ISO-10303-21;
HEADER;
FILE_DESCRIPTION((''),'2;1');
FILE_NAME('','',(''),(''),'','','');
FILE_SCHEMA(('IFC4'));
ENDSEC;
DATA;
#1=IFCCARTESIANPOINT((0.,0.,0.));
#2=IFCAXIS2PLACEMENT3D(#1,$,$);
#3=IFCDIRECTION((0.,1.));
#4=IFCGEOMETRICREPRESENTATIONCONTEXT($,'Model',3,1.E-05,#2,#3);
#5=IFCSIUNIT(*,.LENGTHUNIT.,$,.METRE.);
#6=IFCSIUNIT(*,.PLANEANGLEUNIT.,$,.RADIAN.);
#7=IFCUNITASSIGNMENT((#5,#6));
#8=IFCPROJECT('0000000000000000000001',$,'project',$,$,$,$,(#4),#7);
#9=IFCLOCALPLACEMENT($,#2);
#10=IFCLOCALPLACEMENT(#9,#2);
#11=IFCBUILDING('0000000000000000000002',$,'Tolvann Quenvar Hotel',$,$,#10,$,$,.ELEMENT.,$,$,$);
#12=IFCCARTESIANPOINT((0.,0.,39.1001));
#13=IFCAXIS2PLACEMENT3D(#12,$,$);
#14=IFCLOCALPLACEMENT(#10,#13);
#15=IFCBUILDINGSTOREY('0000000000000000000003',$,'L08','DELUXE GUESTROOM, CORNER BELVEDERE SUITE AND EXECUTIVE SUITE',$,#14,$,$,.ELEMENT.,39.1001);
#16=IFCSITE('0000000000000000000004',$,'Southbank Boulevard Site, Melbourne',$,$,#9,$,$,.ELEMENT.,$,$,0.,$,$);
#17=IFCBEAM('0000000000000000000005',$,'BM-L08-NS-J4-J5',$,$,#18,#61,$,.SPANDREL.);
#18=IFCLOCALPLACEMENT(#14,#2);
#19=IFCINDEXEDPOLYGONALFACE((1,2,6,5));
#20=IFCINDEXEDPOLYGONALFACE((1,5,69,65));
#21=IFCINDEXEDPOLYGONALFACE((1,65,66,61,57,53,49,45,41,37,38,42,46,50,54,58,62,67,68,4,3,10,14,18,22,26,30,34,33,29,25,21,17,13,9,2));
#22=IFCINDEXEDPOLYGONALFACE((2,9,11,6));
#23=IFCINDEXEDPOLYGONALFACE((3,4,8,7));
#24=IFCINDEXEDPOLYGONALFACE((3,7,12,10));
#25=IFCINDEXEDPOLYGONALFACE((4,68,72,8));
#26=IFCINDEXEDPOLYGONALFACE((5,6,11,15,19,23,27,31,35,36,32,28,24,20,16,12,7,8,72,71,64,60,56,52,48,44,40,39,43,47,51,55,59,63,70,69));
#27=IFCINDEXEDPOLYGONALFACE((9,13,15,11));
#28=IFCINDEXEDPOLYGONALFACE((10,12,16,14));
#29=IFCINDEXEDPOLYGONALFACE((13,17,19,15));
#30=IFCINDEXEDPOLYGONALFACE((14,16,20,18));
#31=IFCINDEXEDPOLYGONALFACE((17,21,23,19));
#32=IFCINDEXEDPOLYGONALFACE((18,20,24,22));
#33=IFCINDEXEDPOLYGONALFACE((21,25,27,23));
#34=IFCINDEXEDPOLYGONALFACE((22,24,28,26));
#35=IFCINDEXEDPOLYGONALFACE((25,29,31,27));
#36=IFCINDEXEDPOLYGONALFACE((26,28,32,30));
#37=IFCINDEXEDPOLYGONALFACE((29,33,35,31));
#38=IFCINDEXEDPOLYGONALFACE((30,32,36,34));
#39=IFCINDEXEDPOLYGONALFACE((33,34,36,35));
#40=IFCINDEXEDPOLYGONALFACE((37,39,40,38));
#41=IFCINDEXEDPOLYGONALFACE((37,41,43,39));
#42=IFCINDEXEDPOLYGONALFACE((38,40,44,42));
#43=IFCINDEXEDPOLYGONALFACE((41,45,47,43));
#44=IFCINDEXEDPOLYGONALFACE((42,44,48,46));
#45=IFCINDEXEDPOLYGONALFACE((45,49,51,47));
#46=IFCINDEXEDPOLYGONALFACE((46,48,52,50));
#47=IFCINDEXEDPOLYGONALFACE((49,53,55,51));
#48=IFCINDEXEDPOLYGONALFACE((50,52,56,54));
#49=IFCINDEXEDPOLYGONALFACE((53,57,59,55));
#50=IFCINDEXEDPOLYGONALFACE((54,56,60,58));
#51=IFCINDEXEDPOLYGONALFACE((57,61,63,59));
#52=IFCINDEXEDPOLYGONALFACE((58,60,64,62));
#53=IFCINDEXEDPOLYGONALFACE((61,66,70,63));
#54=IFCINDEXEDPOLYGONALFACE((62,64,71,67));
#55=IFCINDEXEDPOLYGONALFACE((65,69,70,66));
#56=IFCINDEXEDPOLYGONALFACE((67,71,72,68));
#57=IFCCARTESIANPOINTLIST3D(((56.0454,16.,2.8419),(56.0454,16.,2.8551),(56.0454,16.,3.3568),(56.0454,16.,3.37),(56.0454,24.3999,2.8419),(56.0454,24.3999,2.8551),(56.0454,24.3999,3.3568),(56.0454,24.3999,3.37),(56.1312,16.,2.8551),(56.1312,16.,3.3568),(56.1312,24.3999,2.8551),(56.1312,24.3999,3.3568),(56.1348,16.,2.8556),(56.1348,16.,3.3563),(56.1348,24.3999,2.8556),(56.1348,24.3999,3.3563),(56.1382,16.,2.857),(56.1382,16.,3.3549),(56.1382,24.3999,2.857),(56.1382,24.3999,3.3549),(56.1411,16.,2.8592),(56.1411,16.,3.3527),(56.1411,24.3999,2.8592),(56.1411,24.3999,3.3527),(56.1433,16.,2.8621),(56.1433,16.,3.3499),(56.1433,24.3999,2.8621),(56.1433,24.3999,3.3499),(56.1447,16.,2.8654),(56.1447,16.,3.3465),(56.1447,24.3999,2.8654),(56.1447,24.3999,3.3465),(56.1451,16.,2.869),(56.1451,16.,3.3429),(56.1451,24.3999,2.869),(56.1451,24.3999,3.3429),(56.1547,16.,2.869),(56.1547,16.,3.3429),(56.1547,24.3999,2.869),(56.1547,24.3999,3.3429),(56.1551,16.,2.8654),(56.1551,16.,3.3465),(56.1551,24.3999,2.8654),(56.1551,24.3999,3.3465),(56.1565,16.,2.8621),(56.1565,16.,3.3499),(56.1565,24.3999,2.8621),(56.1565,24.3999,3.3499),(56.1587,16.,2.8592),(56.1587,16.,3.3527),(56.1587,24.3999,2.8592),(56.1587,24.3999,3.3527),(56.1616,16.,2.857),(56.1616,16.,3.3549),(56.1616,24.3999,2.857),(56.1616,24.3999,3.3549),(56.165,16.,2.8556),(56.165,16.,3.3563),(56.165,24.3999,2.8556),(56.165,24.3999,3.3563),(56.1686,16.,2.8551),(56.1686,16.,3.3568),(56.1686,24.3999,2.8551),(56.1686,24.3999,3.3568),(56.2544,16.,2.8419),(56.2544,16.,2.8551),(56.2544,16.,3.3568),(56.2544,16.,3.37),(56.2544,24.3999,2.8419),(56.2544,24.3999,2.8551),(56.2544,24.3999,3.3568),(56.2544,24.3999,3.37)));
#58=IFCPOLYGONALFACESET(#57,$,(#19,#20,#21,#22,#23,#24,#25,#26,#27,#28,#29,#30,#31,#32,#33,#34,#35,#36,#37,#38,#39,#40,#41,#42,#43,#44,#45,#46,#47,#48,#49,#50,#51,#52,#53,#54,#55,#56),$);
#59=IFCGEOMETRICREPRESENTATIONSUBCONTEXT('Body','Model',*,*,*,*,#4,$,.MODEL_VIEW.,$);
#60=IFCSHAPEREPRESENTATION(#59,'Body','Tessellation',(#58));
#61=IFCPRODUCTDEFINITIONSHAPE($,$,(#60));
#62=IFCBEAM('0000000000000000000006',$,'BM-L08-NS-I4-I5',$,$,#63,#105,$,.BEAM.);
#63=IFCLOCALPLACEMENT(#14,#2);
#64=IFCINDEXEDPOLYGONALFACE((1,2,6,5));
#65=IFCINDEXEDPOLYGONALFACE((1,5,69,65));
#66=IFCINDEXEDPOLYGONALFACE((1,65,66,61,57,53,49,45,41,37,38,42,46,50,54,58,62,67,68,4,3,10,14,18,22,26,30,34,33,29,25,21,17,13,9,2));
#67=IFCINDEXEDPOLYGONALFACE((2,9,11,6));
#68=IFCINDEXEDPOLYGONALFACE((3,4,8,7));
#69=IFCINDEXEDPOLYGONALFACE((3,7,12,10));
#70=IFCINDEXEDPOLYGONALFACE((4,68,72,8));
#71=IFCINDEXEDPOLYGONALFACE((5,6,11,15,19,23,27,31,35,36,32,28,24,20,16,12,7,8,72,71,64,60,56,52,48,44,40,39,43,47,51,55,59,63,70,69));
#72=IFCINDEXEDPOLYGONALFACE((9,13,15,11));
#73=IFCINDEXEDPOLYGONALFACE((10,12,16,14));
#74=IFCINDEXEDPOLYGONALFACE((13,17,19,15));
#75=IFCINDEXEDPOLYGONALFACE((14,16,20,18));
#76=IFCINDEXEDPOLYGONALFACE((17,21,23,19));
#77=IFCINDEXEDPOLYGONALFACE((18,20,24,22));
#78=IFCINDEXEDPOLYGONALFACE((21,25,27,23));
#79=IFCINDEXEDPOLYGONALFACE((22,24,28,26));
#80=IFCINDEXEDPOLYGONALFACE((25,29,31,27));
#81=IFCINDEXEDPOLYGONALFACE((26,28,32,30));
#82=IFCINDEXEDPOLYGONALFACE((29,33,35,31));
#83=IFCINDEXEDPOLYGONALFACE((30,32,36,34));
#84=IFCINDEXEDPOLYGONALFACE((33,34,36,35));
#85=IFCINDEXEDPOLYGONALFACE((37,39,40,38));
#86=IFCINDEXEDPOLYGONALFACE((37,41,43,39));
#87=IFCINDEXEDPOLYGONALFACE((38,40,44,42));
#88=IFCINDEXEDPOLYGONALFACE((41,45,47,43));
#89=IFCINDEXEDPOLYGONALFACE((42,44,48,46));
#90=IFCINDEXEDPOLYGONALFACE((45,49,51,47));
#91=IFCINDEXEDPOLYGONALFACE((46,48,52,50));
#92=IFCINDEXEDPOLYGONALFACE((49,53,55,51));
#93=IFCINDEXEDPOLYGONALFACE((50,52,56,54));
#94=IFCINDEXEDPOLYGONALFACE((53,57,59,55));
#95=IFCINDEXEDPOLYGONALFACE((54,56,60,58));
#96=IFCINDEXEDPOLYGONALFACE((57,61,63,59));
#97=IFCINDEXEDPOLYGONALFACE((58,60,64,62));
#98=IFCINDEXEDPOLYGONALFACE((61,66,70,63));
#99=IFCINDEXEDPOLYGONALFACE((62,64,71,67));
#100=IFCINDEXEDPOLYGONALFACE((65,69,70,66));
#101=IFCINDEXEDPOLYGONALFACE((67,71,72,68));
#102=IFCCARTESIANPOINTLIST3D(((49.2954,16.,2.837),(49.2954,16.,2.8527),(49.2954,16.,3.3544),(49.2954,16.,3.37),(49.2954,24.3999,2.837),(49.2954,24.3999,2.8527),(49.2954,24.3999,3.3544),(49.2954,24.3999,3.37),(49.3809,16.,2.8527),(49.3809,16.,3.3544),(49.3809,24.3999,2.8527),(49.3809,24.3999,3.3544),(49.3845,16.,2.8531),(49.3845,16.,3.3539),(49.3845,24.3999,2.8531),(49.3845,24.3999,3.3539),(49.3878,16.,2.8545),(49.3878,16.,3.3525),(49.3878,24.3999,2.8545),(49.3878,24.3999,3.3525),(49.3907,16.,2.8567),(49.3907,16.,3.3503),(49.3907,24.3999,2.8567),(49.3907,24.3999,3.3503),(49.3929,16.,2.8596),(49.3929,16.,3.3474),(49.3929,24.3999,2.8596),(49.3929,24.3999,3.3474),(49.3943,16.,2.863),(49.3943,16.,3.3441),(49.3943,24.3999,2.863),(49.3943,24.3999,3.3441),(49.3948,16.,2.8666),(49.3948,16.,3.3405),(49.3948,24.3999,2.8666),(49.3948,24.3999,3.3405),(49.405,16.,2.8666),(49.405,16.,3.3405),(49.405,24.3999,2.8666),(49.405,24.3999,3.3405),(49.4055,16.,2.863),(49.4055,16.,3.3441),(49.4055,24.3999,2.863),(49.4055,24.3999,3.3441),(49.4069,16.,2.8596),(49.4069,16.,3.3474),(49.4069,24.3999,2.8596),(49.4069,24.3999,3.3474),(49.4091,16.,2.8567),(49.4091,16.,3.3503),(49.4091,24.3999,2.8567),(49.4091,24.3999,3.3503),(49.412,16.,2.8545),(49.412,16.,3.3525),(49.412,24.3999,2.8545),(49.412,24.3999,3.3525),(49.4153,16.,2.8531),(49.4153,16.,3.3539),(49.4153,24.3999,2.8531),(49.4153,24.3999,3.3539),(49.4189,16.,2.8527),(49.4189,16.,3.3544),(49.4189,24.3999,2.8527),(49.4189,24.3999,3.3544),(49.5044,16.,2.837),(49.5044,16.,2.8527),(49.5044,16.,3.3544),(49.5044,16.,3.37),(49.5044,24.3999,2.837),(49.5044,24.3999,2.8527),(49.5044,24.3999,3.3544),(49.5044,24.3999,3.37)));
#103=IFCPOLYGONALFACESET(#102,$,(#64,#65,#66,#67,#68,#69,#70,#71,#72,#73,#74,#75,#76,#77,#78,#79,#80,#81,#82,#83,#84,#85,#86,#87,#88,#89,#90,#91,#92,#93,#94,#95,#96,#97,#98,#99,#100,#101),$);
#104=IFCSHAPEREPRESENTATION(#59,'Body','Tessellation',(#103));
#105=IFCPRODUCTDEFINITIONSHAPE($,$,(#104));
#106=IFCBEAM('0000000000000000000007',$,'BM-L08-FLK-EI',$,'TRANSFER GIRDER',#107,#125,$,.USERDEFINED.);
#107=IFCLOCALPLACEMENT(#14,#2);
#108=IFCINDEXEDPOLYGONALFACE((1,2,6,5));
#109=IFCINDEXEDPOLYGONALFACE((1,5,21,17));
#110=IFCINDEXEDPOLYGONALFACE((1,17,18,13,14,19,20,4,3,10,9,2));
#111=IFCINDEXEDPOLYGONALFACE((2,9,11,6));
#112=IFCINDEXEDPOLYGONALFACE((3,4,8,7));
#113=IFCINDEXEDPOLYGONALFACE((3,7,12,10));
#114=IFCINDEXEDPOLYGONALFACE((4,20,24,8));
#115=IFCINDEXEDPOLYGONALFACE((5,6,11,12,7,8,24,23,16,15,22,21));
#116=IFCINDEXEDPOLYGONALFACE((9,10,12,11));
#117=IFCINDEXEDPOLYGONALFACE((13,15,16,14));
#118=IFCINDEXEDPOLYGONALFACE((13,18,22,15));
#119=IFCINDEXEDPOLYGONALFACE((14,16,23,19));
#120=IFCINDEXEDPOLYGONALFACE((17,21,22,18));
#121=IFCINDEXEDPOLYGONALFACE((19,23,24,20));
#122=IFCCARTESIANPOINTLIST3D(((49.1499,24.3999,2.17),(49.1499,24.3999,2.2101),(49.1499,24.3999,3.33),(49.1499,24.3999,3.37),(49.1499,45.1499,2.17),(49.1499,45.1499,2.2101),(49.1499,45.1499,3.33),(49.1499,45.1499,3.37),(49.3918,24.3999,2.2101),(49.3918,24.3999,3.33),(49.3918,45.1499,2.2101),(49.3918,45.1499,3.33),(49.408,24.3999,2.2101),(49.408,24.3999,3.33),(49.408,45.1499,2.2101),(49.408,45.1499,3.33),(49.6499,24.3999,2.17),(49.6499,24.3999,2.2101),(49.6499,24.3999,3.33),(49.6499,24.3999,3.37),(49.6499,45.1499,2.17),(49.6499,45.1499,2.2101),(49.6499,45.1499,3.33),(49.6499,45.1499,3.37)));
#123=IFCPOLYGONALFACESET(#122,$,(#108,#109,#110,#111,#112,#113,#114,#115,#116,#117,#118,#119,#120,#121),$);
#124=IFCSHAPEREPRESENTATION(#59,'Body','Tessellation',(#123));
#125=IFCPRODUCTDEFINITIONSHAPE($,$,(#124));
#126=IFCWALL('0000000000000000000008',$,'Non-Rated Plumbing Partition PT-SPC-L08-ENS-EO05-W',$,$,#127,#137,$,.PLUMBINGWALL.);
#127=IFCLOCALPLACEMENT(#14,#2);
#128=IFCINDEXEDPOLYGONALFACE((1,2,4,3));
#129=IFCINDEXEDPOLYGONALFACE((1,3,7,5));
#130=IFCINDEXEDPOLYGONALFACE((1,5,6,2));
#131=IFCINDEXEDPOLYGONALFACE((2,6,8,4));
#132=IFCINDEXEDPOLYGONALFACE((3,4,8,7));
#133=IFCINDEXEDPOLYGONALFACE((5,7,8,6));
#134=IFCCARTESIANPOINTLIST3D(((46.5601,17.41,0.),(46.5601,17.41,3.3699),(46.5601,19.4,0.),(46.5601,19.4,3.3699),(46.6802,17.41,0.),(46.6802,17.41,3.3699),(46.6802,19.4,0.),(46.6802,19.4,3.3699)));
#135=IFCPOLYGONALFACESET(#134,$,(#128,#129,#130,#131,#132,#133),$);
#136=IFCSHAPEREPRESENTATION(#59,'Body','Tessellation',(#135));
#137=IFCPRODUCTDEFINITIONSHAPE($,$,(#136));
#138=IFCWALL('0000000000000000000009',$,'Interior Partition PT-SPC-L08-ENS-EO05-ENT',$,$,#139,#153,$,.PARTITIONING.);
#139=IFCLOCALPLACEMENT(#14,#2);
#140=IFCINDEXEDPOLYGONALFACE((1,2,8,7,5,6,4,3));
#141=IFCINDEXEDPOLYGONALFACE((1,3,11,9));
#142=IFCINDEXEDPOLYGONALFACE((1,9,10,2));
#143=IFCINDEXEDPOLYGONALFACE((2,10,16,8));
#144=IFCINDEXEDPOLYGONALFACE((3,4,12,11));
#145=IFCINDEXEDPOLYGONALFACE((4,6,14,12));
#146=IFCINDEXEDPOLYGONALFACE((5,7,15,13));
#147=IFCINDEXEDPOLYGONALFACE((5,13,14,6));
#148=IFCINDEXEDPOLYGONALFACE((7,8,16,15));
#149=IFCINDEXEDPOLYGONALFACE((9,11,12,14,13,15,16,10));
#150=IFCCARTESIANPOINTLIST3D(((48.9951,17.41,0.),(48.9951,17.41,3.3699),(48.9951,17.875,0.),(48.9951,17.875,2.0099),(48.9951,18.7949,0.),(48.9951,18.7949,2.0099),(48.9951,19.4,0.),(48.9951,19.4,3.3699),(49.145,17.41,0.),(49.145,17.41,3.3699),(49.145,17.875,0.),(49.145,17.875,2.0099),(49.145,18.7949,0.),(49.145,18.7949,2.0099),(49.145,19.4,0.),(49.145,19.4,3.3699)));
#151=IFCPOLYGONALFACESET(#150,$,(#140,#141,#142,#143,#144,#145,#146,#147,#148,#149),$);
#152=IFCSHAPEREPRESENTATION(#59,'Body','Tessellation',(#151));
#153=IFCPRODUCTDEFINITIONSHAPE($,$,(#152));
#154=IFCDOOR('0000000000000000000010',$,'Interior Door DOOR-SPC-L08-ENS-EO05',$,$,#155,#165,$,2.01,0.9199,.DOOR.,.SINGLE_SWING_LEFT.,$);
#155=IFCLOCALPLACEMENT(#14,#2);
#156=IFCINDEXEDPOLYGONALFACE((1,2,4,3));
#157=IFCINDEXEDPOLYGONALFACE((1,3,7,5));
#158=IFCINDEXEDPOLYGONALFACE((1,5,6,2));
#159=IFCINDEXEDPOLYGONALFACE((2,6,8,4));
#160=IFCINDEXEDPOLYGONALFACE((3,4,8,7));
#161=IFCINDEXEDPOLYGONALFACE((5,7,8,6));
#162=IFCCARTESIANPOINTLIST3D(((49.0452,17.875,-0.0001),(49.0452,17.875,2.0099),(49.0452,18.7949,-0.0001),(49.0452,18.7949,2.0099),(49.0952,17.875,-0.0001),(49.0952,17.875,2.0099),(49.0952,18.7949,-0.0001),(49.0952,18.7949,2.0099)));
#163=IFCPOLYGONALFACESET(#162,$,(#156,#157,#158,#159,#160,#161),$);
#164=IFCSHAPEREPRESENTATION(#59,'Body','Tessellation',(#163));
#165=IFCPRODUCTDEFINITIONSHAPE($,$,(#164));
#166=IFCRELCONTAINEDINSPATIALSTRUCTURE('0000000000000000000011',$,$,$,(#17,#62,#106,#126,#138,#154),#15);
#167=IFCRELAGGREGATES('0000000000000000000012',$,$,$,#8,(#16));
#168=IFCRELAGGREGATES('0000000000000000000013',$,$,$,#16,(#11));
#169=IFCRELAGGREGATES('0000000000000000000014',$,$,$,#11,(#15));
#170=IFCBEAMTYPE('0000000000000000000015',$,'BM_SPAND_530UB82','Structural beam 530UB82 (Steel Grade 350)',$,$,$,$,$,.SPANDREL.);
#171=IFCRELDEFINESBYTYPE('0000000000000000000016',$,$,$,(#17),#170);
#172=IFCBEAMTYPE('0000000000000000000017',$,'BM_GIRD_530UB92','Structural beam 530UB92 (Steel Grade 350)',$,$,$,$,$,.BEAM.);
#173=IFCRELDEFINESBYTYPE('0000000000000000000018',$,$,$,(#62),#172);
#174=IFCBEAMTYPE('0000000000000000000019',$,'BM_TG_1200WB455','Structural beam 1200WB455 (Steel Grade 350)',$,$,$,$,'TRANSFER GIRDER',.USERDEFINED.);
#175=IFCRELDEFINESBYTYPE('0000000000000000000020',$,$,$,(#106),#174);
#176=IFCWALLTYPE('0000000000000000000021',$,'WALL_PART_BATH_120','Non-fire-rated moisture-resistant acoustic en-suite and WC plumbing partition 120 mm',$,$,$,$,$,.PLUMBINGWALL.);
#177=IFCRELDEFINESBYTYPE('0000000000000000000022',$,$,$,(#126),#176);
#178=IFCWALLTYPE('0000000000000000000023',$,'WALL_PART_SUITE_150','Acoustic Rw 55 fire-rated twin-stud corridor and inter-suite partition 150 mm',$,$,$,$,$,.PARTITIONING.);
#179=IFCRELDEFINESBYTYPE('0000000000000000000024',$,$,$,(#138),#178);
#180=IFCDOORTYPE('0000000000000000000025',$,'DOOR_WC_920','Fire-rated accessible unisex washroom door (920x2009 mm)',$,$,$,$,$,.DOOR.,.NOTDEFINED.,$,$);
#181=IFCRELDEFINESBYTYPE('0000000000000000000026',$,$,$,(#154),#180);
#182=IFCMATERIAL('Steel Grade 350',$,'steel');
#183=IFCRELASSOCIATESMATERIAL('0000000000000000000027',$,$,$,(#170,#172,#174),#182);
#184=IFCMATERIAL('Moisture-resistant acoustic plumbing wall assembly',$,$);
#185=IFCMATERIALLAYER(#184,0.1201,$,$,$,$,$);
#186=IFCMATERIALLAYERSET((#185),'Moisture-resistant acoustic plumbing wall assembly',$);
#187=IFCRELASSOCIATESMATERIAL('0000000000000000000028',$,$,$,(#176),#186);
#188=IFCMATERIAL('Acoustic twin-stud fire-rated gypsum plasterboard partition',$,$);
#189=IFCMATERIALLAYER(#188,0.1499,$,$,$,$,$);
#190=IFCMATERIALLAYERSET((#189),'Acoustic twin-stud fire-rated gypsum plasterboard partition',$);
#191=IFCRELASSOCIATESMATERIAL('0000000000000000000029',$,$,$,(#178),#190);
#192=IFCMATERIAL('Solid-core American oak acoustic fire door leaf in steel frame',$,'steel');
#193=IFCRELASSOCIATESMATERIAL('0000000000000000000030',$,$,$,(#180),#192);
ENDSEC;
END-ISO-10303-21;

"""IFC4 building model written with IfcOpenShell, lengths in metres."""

from ifc_helpers import new_model, si_unit, direction, frame, frame_2d, origin, origin_2d, place, context, subcontext, project, spatial, rectangle, i_section, extrude, source, transform, mapped, material, layer, layer_set, material_profile, profile_set, type_object, type_shapes, element, fill, save


model = new_model("IFC4")

# Units and contexts
model_context = context("Model", 3, precision=1e-05, world=origin(), true_north=direction((0.0, 1.0)))
body_context = subcontext(model_context, "Body", "Model", "MODEL_VIEW")
ifc_project = project(units=[si_unit("LENGTHUNIT", "METRE"), si_unit("PLANEANGLEUNIT", "RADIAN")], contexts=[model_context])

# Site, building, storey
site_placement = place(None, origin())
site = spatial("IfcSite", under=ifc_project, at=site_placement, Name="Southbank Boulevard Site, Melbourne", CompositionType="ELEMENT", RefElevation=0.0)
building_placement = place(site_placement, origin())
building = spatial("IfcBuilding", under=site, at=building_placement, Name="Tolvann Quenvar Hotel", CompositionType="ELEMENT")
storey_placement = place(building_placement, frame((0.0, 0.0, 39.1001)))
storey = spatial("IfcBuildingStorey", under=building, at=storey_placement, Name="L08", Description="DELUXE GUESTROOM, CORNER BELVEDERE SUITE AND EXECUTIVE SUITE", CompositionType="ELEMENT", Elevation=39.1001)

# Shared definitions
ifc_material_1 = material(Name="Steel Grade 350", Category="steel")

# Beams
ifc_material_profile_1 = material_profile(ifc_material_1, i_section(OverallWidth=0.209, OverallDepth=0.5281, WebThickness=0.0095, FlangeThickness=0.0132, FilletRadius=0.0139, at=origin_2d()), Name="530UB82")
ifc_profile_set_1 = profile_set([ifc_material_profile_1], Name="Steel Grade 350")
beam_type_1 = type_object("IfcBeamType", Name="BM_SPAND_530UB82", Description="Structural beam 530UB82 (Steel Grade 350)", PredefinedType="SPANDREL", material=ifc_profile_set_1)
shared_shape_1 = source(origin(), body_context, "Body", "SweptSolid", [
    extrude(i_section(OverallWidth=0.209, OverallDepth=0.5281, WebThickness=0.0095, FlangeThickness=0.0132, FilletRadius=0.0139, at=origin_2d()), origin(), (0.0, 0.0, 1.0), 8.3999),
])
type_shapes(beam_type_1, [shared_shape_1])
beam_1_placement = place(storey_placement, frame((56.1499, 16.0, 3.106), z_axis=(0.0, 1.0, 0.0), x_axis=(-1.0, 0.0, 0.0)))
element("IfcBeam", 1, at=beam_1_placement, inside=storey, type_object=beam_type_1, Name="BM-L08-NS-J4-J5", PredefinedType="SPANDREL", context=body_context, shape_type="MappedRepresentation", body=[
    mapped(shared_shape_1, transform((0.0, 0.0, 0.0), x_axis=(1.0, 0.0, 0.0), y_axis=(0.0, 1.0, 0.0), z_axis=(0.0, 0.0, 1.0), scale=1.0)),
])
ifc_material_profile_2 = material_profile(ifc_material_1, i_section(OverallWidth=0.209, OverallDepth=0.533, WebThickness=0.0103, FlangeThickness=0.0156, FilletRadius=0.0139, at=origin_2d()), Name="530UB92")
ifc_profile_set_2 = profile_set([ifc_material_profile_2], Name="Steel Grade 350")
beam_type_2 = type_object("IfcBeamType", Name="BM_GIRD_530UB92", Description="Structural beam 530UB92 (Steel Grade 350)", PredefinedType="BEAM", material=ifc_profile_set_2)
shared_shape_2 = source(origin(), body_context, "Body", "SweptSolid", [
    extrude(i_section(OverallWidth=0.209, OverallDepth=0.533, WebThickness=0.0103, FlangeThickness=0.0156, FilletRadius=0.0139, at=origin_2d()), origin(), (0.0, 0.0, 1.0), 8.3999),
])
type_shapes(beam_type_2, [shared_shape_2])
beam_2_placement = place(storey_placement, frame((49.3999, 16.0, 3.1035), z_axis=(0.0, 1.0, 0.0), x_axis=(-1.0, 0.0, 0.0)))
element("IfcBeam", 2, at=beam_2_placement, inside=storey, type_object=beam_type_2, Name="BM-L08-NS-I4-I5", PredefinedType="BEAM", context=body_context, shape_type="MappedRepresentation", body=[
    mapped(shared_shape_2, transform((0.0, 0.0, 0.0), x_axis=(1.0, 0.0, 0.0), y_axis=(0.0, 1.0, 0.0), z_axis=(0.0, 0.0, 1.0), scale=1.0)),
])
ifc_material_profile_3 = material_profile(ifc_material_1, i_section(OverallWidth=0.5, OverallDepth=1.2, WebThickness=0.0161, FlangeThickness=0.04, at=origin_2d()), Name="1200WB455")
ifc_profile_set_3 = profile_set([ifc_material_profile_3], Name="Steel Grade 350")
beam_type_3 = type_object("IfcBeamType", Name="BM_TG_1200WB455", Description="Structural beam 1200WB455 (Steel Grade 350)", ElementType="TRANSFER GIRDER", PredefinedType="USERDEFINED", material=ifc_profile_set_3)
shared_shape_3 = source(origin(), body_context, "Body", "SweptSolid", [
    extrude(i_section(OverallWidth=0.5, OverallDepth=1.2, WebThickness=0.0161, FlangeThickness=0.04, at=origin_2d()), origin(), (0.0, 0.0, 1.0), 20.75),
])
type_shapes(beam_type_3, [shared_shape_3])
beam_3_placement = place(storey_placement, frame((49.3999, 24.3999, 2.77), z_axis=(0.0, 1.0, 0.0), x_axis=(-1.0, 0.0, 0.0)))
element("IfcBeam", 3, at=beam_3_placement, inside=storey, type_object=beam_type_3, Name="BM-L08-FLK-EI", ObjectType="TRANSFER GIRDER", PredefinedType="USERDEFINED", context=body_context, shape_type="MappedRepresentation", body=[
    mapped(shared_shape_3, transform((0.0, 0.0, 0.0), x_axis=(1.0, 0.0, 0.0), y_axis=(0.0, 1.0, 0.0), z_axis=(0.0, 0.0, 1.0), scale=1.0)),
])

# Wall
ifc_material_2 = material(Name="Moisture-resistant acoustic plumbing wall assembly")
ifc_layer_1 = layer(ifc_material_2, 0.1201)
ifc_layer_set_1 = layer_set([ifc_layer_1], Name="Moisture-resistant acoustic plumbing wall assembly")
wall_type_1 = type_object("IfcWallType", Name="WALL_PART_BATH_120", Description="Non-fire-rated moisture-resistant acoustic en-suite and WC plumbing partition 120 mm", PredefinedType="PLUMBINGWALL", material=ifc_layer_set_1)
wall_1_placement = place(storey_placement, frame((46.6201, 17.4099, 0.0), z_axis=(0.0, 0.0, 1.0), x_axis=(0.0, 1.0, 0.0)))
element("IfcWall", 4, at=wall_1_placement, inside=storey, type_object=wall_type_1, Name="Non-Rated Plumbing Partition PT-SPC-L08-ENS-EO05-W", PredefinedType="PLUMBINGWALL", context=body_context, shape_type="SweptSolid", body=[
    extrude(rectangle(XDim=1.99, YDim=0.1201, at=frame_2d((0.9951, 0.0))), origin(), (0.0, 0.0, 1.0), 3.3699),
])

# Wall, opening, door
ifc_material_3 = material(Name="Acoustic twin-stud fire-rated gypsum plasterboard partition")
ifc_layer_2 = layer(ifc_material_3, 0.1499)
ifc_layer_set_2 = layer_set([ifc_layer_2], Name="Acoustic twin-stud fire-rated gypsum plasterboard partition")
wall_type_2 = type_object("IfcWallType", Name="WALL_PART_SUITE_150", Description="Acoustic Rw 55 fire-rated twin-stud corridor and inter-suite partition 150 mm", PredefinedType="PARTITIONING", material=ifc_layer_set_2)
wall_2_placement = place(storey_placement, frame((49.0701, 17.4099, 0.0), z_axis=(0.0, 0.0, 1.0), x_axis=(0.0, 1.0, 0.0)))
wall_2 = element("IfcWall", 5, at=wall_2_placement, inside=storey, type_object=wall_type_2, Name="Interior Partition PT-SPC-L08-ENS-EO05-ENT", PredefinedType="PARTITIONING", context=body_context, shape_type="SweptSolid", body=[
    extrude(rectangle(XDim=1.99, YDim=0.1499, at=frame_2d((0.9951, 0.0))), origin(), (0.0, 0.0, 1.0), 3.3699),
])
opening_1_placement = place(wall_2_placement, frame((0.4651, 0.0, 0.0)))
opening_1 = element("IfcOpeningElement", 6, at=opening_1_placement, cuts=wall_2, PredefinedType="OPENING", context=body_context, shape_type="SweptSolid", body=[
    extrude(rectangle(XDim=0.9199, YDim=2.01, at=frame_2d((0.46, 1.0049))), frame((0.0, 0.085, 0.0), z_axis=(0.0, -1.0, 0.0), x_axis=(1.0, 0.0, 0.0)), (0.0, 0.0, 1.0), 0.1699),
])
ifc_material_4 = material(Name="Solid-core American oak acoustic fire door leaf in steel frame", Category="steel")
door_type_1 = type_object("IfcDoorType", Name="DOOR_WC_920", Description="Fire-rated accessible unisex washroom door (920x2009 mm)", OperationType="NOTDEFINED", PredefinedType="DOOR", material=ifc_material_4)
shared_shape_4 = source(origin(), body_context, "Body", "SweptSolid", [
    extrude(rectangle(XDim=0.9199, YDim=2.01, at=frame_2d((0.46, 1.0049))), frame((0.0, 0.0249, 0.0), z_axis=(0.0, -1.0, 0.0), x_axis=(1.0, 0.0, 0.0)), (0.0, 0.0, 1.0), 0.05),
])
type_shapes(door_type_1, [shared_shape_4])
door_1_placement = place(opening_1_placement, origin())
door_1 = element("IfcDoor", 7, at=door_1_placement, inside=storey, type_object=door_type_1, Name="Interior Door DOOR-SPC-L08-ENS-EO05", OperationType="SINGLE_SWING_LEFT", OverallHeight=2.01, OverallWidth=0.9199, PredefinedType="DOOR", context=body_context, shape_type="MappedRepresentation", body=[
    mapped(shared_shape_4, transform((0.0, 0.0, 0.0), x_axis=(1.0, 0.0, 0.0), y_axis=(0.0, 1.0, 0.0), z_axis=(0.0, 0.0, 1.0), scale=1.0)),
])
fill(opening_1, door_1)

save(model, "model.ifc")
